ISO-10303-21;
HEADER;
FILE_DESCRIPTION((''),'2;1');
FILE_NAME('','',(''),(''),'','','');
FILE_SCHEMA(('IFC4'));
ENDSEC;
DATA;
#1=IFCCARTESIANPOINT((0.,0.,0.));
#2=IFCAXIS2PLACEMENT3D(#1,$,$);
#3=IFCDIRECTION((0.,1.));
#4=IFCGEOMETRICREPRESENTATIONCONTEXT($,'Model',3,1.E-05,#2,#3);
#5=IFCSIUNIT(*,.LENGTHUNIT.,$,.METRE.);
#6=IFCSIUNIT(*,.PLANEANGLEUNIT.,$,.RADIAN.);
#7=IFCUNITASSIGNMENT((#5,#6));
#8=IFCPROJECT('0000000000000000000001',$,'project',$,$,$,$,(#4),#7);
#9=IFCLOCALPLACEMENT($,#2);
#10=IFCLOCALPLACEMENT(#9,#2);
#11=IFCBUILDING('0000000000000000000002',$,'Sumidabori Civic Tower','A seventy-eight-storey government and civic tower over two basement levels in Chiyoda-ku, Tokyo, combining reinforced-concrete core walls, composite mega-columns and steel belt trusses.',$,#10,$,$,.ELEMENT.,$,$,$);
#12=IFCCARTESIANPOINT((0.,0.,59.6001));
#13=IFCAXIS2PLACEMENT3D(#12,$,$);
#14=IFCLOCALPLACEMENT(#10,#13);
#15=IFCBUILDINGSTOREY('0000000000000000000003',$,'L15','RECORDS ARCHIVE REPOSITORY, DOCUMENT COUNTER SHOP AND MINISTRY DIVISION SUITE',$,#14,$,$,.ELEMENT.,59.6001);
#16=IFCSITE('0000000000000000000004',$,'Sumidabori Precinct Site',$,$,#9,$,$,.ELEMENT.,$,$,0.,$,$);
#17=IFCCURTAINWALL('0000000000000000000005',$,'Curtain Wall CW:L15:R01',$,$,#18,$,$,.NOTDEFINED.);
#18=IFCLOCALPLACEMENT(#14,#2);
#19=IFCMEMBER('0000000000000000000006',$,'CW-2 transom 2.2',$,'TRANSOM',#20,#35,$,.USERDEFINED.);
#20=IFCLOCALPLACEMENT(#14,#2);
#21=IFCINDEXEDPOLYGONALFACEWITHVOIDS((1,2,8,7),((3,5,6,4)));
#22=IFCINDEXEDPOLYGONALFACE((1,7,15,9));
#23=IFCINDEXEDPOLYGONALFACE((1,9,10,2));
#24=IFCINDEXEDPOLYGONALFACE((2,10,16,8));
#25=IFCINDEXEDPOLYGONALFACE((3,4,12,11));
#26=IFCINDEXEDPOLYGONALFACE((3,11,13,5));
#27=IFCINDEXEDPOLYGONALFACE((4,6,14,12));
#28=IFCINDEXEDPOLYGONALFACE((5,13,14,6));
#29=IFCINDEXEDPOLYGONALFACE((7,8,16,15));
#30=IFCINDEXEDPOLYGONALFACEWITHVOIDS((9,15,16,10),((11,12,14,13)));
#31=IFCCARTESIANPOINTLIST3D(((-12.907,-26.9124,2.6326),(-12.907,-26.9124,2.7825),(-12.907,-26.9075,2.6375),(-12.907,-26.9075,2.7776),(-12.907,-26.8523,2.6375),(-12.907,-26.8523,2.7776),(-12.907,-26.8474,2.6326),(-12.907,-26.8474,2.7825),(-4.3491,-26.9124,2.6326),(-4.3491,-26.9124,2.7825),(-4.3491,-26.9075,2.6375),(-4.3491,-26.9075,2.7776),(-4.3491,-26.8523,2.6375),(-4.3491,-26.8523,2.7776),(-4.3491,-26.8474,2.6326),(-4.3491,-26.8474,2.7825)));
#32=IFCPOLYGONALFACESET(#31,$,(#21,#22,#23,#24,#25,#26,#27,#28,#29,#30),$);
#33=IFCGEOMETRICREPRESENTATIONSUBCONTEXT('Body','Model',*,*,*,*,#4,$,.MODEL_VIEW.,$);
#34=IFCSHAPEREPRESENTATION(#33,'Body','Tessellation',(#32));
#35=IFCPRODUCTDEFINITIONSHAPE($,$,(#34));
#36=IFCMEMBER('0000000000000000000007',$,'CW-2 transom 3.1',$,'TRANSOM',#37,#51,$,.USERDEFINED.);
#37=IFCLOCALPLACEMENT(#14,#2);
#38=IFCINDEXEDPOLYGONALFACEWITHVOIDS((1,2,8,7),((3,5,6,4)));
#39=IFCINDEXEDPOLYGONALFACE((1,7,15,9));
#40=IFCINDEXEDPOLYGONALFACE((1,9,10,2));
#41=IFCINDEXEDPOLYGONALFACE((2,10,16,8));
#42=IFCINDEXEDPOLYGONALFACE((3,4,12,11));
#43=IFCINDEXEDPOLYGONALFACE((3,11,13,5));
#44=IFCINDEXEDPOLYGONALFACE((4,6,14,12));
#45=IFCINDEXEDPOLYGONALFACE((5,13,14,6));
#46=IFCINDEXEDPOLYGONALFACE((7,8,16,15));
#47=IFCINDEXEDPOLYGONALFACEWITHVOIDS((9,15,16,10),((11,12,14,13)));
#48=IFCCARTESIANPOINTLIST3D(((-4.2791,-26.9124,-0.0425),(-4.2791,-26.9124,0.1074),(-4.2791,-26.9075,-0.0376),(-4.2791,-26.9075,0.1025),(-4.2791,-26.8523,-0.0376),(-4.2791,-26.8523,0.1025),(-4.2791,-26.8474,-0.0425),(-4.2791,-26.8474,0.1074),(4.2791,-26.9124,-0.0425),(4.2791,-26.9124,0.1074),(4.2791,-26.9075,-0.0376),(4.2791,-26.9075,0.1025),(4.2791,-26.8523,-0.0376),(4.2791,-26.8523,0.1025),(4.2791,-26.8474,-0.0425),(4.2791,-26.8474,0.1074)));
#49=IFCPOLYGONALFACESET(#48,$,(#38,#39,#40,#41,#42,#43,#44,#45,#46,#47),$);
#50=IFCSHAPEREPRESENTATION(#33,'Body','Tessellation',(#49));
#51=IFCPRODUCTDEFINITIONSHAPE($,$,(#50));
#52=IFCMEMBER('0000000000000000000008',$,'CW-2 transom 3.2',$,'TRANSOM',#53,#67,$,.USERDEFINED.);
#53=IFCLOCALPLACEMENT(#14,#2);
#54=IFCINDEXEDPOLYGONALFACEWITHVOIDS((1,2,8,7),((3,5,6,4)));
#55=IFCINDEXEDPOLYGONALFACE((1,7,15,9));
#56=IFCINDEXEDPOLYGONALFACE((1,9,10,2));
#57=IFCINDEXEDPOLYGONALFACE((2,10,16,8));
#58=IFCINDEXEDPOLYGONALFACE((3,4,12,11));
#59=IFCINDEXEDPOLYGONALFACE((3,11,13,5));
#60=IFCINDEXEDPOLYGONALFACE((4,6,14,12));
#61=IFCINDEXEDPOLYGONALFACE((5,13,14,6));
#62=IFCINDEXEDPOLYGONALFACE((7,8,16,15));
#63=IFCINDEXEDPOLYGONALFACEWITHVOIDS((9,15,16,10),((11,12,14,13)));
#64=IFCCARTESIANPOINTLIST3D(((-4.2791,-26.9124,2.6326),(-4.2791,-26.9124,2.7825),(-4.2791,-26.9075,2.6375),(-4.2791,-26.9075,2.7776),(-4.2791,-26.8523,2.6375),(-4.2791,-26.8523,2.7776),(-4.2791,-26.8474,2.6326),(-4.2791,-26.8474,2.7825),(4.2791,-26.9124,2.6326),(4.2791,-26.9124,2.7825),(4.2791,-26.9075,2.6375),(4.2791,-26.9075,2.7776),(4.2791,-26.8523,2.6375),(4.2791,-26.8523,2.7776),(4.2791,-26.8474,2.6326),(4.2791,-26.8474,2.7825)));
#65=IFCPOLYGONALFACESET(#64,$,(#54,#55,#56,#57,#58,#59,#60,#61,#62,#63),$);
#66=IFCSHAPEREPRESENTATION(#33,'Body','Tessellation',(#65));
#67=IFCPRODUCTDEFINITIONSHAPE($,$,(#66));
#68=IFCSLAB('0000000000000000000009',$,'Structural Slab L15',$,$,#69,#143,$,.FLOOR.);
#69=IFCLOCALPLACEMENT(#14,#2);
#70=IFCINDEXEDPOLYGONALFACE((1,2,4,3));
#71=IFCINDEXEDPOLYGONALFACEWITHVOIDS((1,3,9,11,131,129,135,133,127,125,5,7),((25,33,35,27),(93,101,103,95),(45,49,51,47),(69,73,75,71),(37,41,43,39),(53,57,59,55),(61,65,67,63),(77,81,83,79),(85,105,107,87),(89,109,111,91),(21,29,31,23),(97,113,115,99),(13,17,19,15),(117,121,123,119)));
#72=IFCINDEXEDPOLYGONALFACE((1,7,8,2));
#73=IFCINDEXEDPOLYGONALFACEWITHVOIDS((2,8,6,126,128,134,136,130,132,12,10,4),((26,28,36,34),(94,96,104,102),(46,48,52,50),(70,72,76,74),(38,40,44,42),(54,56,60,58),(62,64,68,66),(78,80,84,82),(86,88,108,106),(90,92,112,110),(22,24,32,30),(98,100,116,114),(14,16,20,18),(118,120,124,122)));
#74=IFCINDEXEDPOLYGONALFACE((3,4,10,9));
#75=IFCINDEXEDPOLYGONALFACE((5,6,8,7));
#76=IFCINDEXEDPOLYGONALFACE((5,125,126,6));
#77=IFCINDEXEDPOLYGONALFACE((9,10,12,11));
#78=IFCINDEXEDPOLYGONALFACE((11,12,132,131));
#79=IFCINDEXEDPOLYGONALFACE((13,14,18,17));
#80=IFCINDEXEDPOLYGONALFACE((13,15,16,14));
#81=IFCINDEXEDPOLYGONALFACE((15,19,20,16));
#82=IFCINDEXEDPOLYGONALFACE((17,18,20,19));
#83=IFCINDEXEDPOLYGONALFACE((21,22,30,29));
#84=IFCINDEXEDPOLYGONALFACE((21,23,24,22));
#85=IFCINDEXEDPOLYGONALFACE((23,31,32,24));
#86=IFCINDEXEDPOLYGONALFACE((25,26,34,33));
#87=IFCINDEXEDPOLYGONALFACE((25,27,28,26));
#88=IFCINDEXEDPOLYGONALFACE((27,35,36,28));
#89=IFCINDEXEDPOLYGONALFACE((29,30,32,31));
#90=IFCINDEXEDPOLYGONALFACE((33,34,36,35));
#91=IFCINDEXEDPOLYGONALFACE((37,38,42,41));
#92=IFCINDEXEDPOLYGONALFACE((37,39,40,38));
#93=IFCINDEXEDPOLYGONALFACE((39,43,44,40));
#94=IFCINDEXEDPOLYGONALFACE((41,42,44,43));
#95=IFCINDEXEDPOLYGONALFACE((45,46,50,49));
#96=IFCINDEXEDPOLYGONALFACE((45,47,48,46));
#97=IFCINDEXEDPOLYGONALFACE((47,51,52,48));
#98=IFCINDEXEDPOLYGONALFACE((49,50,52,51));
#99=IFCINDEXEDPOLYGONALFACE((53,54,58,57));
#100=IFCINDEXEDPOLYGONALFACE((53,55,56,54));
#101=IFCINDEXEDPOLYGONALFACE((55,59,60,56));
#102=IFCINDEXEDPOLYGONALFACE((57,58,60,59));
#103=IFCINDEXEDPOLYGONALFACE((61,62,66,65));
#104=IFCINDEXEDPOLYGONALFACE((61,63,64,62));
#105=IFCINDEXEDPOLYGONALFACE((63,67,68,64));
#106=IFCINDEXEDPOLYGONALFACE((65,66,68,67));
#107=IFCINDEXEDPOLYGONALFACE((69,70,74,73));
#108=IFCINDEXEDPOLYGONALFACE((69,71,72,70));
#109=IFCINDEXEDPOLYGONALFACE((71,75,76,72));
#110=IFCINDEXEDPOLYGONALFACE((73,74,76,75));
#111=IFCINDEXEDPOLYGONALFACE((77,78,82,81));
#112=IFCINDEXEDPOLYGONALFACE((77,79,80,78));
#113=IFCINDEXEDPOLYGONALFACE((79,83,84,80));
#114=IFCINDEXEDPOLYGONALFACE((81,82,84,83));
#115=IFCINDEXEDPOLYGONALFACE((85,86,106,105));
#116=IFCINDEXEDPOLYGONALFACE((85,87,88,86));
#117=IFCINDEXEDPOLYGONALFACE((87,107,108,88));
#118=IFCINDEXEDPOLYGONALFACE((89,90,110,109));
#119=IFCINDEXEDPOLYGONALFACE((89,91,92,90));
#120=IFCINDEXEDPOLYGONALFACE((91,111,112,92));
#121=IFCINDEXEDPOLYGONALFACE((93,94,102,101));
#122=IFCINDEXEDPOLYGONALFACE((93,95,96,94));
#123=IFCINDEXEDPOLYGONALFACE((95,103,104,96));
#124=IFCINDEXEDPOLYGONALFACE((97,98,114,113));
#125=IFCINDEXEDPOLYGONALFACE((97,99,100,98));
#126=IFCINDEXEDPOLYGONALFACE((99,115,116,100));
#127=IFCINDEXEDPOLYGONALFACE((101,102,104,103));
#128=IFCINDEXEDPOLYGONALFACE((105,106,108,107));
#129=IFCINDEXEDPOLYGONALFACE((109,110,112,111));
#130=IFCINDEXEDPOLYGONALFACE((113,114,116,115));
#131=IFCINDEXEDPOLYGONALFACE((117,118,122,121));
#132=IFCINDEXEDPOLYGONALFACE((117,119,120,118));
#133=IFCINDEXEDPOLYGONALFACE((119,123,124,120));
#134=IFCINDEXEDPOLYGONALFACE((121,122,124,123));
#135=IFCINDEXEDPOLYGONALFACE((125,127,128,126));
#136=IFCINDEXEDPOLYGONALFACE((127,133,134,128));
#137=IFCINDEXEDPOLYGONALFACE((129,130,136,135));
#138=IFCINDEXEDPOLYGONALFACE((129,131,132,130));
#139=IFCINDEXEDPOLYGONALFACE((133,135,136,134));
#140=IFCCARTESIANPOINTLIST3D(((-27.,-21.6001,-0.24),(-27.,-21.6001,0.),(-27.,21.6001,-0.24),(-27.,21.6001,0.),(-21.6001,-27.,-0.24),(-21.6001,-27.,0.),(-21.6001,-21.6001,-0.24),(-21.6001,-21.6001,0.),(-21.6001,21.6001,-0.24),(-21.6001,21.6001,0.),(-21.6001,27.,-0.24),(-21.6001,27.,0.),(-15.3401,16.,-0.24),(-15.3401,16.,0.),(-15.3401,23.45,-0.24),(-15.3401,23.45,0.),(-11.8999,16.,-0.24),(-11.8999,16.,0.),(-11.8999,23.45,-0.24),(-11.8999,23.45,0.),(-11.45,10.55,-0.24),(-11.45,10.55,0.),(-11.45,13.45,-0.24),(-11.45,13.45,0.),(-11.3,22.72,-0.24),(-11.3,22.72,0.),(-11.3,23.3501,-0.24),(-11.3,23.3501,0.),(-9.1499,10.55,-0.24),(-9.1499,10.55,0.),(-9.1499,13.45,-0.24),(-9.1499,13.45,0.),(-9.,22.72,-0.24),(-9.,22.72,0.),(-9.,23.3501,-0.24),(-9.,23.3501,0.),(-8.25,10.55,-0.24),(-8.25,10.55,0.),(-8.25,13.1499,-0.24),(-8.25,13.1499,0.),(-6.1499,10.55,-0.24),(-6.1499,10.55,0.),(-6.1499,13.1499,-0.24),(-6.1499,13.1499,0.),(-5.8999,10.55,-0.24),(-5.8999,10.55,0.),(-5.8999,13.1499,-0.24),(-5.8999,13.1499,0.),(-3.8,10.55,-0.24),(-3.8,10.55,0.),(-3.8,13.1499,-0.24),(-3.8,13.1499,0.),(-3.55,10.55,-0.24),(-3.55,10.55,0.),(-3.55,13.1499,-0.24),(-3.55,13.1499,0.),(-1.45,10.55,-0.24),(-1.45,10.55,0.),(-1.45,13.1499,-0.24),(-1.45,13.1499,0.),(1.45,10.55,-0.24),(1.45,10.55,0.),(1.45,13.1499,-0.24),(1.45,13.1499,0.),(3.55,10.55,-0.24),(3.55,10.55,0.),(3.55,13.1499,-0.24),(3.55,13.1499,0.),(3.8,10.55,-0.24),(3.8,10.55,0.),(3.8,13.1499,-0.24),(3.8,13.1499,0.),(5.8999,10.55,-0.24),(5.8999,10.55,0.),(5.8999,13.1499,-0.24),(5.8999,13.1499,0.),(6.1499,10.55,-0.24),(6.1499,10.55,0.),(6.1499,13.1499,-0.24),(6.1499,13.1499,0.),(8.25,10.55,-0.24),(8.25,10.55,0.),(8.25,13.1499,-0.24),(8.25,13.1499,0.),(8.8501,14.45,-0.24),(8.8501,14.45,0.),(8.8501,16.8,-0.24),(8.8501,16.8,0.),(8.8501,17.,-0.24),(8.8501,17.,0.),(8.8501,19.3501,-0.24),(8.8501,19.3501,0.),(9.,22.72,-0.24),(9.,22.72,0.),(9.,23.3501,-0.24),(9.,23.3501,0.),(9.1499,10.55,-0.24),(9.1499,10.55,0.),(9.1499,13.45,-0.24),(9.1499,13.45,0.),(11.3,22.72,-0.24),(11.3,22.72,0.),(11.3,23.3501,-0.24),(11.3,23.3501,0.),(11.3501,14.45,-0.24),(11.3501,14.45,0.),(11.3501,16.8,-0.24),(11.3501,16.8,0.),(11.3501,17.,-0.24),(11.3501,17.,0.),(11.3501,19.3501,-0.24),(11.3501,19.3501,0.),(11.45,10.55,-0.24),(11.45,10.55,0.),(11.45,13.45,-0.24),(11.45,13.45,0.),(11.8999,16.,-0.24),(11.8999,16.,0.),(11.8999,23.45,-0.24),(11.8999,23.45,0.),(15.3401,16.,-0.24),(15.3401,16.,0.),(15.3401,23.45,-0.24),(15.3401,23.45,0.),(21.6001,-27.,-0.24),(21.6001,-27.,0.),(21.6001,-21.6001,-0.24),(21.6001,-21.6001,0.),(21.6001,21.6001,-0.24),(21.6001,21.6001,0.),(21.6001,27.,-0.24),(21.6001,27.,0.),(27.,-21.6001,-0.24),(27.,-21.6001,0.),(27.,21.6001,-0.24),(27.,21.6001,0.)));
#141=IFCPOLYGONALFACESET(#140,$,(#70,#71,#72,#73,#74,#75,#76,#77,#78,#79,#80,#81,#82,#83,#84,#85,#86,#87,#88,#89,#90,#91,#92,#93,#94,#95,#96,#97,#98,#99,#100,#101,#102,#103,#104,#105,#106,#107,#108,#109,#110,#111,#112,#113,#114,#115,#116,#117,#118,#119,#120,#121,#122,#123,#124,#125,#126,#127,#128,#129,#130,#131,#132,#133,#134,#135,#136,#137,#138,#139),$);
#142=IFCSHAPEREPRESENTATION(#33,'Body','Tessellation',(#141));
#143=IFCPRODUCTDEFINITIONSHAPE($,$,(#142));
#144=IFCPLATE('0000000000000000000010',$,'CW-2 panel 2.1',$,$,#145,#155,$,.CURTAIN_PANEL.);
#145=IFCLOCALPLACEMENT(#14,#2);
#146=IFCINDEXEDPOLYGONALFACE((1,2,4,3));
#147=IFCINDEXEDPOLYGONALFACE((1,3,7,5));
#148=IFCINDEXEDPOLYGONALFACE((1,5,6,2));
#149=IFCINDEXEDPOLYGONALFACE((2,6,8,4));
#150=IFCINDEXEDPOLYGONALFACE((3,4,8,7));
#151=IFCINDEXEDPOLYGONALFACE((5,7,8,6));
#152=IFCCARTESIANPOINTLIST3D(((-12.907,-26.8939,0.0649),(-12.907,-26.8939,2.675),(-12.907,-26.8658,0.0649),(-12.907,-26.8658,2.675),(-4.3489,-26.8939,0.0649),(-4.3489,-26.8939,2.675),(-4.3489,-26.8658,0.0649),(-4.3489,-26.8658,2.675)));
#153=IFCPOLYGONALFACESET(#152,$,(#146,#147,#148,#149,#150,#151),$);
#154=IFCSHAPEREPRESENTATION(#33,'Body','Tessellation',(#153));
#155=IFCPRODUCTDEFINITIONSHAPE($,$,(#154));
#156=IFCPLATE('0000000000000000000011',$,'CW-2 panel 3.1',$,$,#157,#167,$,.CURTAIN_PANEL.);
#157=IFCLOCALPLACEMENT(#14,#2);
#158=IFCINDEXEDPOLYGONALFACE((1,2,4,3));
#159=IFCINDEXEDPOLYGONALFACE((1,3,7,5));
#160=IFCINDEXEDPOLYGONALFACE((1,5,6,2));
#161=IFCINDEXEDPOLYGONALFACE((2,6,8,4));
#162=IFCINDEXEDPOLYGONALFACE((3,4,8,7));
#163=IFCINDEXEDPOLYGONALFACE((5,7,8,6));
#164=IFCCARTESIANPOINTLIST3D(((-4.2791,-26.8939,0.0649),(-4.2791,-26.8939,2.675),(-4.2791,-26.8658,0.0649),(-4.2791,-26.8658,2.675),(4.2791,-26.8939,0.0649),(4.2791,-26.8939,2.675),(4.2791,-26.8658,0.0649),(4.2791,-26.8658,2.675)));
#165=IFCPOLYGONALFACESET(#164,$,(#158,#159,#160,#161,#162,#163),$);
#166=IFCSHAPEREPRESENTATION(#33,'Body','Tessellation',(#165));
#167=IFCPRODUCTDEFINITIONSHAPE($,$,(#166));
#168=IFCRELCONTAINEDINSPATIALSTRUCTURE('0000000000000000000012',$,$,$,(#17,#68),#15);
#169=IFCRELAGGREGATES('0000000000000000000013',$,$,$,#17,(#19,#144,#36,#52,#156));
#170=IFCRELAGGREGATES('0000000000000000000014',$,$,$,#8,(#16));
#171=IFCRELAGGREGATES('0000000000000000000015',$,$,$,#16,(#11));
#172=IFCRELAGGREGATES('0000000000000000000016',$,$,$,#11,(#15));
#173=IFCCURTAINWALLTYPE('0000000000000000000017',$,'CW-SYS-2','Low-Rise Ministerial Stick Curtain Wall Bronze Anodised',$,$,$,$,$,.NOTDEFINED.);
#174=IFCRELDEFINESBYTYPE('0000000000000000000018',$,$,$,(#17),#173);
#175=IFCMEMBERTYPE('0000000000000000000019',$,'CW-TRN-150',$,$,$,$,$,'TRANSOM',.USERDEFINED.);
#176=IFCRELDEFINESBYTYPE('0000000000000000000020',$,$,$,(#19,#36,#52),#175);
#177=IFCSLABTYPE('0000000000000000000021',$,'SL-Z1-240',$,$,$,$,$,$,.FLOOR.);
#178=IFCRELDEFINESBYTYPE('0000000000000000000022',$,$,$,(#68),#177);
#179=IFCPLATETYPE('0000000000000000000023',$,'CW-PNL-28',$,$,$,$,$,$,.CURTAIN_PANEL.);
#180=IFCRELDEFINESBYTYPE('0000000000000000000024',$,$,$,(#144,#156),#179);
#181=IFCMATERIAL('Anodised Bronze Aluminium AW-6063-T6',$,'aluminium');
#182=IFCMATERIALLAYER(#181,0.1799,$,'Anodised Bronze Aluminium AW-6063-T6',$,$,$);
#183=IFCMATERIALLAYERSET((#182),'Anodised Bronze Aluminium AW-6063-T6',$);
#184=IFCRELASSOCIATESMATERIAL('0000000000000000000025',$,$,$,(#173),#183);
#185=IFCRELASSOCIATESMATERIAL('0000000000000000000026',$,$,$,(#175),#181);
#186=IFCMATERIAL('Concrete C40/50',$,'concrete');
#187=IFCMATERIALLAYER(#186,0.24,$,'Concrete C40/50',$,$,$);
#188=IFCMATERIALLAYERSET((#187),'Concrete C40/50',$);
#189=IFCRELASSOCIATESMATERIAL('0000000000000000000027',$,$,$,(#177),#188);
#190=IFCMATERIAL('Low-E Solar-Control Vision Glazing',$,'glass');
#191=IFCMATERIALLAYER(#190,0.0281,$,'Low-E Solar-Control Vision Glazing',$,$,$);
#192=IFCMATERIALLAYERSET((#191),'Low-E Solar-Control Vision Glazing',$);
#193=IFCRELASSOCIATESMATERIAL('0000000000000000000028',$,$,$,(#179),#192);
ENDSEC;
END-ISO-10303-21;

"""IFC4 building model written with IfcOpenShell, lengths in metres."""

from ifc_helpers import new_model, si_unit, direction, frame, origin, origin_2d, place, context, subcontext, project, spatial, polyline, rectangle, hollow_rectangle, outline, extrude, source, transform, mapped, material, layer, layer_set, material_profile, profile_set, type_object, element, aggregate, save


model = new_model("IFC4")

# Units and contexts
model_context = context("Model", 3, precision=1e-05, world=origin(), true_north=direction((0.0, 1.0)))
body_context = subcontext(model_context, "Body", "Model", "MODEL_VIEW")
ifc_project = project(units=[si_unit("LENGTHUNIT", "METRE"), si_unit("PLANEANGLEUNIT", "RADIAN")], contexts=[model_context])

# Site, building, storey
site_placement = place(None, origin())
site = spatial("IfcSite", under=ifc_project, at=site_placement, Name="Sumidabori Precinct Site", CompositionType="ELEMENT", RefElevation=0.0)
building_placement = place(site_placement, origin())
building = spatial("IfcBuilding", under=site, at=building_placement, Name="Sumidabori Civic Tower", Description="A seventy-eight-storey government and civic tower over two basement levels in Chiyoda-ku, Tokyo, combining reinforced-concrete core walls, composite mega-columns and steel belt trusses.", CompositionType="ELEMENT")
storey_placement = place(building_placement, frame((0.0, 0.0, 59.6001)))
storey = spatial("IfcBuildingStorey", under=building, at=storey_placement, Name="L15", Description="RECORDS ARCHIVE REPOSITORY, DOCUMENT COUNTER SHOP AND MINISTRY DIVISION SUITE", CompositionType="ELEMENT", Elevation=59.6001)

# Curtain wall, members
ifc_material_1 = material(Name="Anodised Bronze Aluminium AW-6063-T6", Category="aluminium")
ifc_layer_1 = layer(ifc_material_1, 0.1799, Name="Anodised Bronze Aluminium AW-6063-T6")
ifc_layer_set_1 = layer_set([ifc_layer_1], Name="Anodised Bronze Aluminium AW-6063-T6")
curtain_wall_type = type_object("IfcCurtainWallType", Name="CW-SYS-2", Description="Low-Rise Ministerial Stick Curtain Wall Bronze Anodised", PredefinedType="NOTDEFINED", material=ifc_layer_set_1)
curtain_wall_placement = place(storey_placement, origin())
curtain_wall = element("IfcCurtainWall", 1, at=curtain_wall_placement, inside=storey, type_object=curtain_wall_type, Name="Curtain Wall CW:L15:R01", PredefinedType="NOTDEFINED")
ifc_material_profile_1 = material_profile(ifc_material_1, hollow_rectangle(XDim=0.0649, YDim=0.1499, WallThickness=0.0049, at=origin_2d()), Name="ALU TRANSOM 150x65")
ifc_profile_set_1 = profile_set([ifc_material_profile_1], Name="Anodised Bronze Aluminium AW-6063-T6")
member_type_1 = type_object("IfcMemberType", Name="CW-TRN-150", ElementType="TRANSOM", PredefinedType="USERDEFINED", material=ifc_profile_set_1)
shared_shape_1 = source(origin(), body_context, "Body", "SweptSolid", [
    extrude(hollow_rectangle(XDim=0.0649, YDim=0.1499, WallThickness=0.0049, at=origin_2d()), origin(), (0.0, 0.0, 1.0), 8.5579),
])
member_1_placement = place(storey_placement, frame((-12.907, -26.8799, 2.7075), z_axis=(1.0, 0.0, 0.0), x_axis=(0.0, 1.0, 0.0)))
member_1 = element("IfcMember", 2, at=member_1_placement, type_object=member_type_1, Name="CW-2 transom 2.2", ObjectType="TRANSOM", PredefinedType="USERDEFINED", context=body_context, shape_type="MappedRepresentation", body=[
    mapped(shared_shape_1, transform((0.0, 0.0, 0.0), x_axis=(1.0, 0.0, 0.0), y_axis=(0.0, 1.0, 0.0), z_axis=(0.0, 0.0, 1.0), scale=1.0)),
])
shared_shape_2 = source(origin(), body_context, "Body", "SweptSolid", [
    extrude(hollow_rectangle(XDim=0.0649, YDim=0.1499, WallThickness=0.0049, at=origin_2d()), origin(), (0.0, 0.0, 1.0), 8.5581),
])
member_2_placement = place(storey_placement, frame((-4.2791, -26.8799, 0.0325), z_axis=(1.0, 0.0, 0.0), x_axis=(0.0, 1.0, 0.0)))
member_2 = element("IfcMember", 3, at=member_2_placement, type_object=member_type_1, Name="CW-2 transom 3.1", ObjectType="TRANSOM", PredefinedType="USERDEFINED", context=body_context, shape_type="MappedRepresentation", body=[
    mapped(shared_shape_2, transform((0.0, 0.0, 0.0), x_axis=(1.0, 0.0, 0.0), y_axis=(0.0, 1.0, 0.0), z_axis=(0.0, 0.0, 1.0), scale=1.0)),
])
member_3_placement = place(storey_placement, frame((-4.2791, -26.8799, 2.7075), z_axis=(1.0, 0.0, 0.0), x_axis=(0.0, 1.0, 0.0)))
member_3 = element("IfcMember", 4, at=member_3_placement, type_object=member_type_1, Name="CW-2 transom 3.2", ObjectType="TRANSOM", PredefinedType="USERDEFINED", context=body_context, shape_type="MappedRepresentation", body=[
    mapped(shared_shape_2, transform((0.0, 0.0, 0.0), x_axis=(1.0, 0.0, 0.0), y_axis=(0.0, 1.0, 0.0), z_axis=(0.0, 0.0, 1.0), scale=1.0)),
])

# Slab
ifc_material_2 = material(Name="Concrete C40/50", Category="concrete")
ifc_layer_2 = layer(ifc_material_2, 0.24, Name="Concrete C40/50")
ifc_layer_set_2 = layer_set([ifc_layer_2], Name="Concrete C40/50")
slab_type = type_object("IfcSlabType", Name="SL-Z1-240", PredefinedType="FLOOR", material=ifc_layer_set_2)
slab_placement = place(storey_placement, frame((0.0, 0.0, -0.24)))
element("IfcSlab", 5, at=slab_placement, inside=storey, type_object=slab_type, Name="Structural Slab L15", PredefinedType="FLOOR", context=body_context, shape_type="SweptSolid", body=[
    extrude(outline(polyline([(-21.6001, -27.0), (21.6001, -27.0), (21.6001, -21.6001), (27.0, -21.6001), (27.0, 21.6001), (21.6001, 21.6001), (21.6001, 27.0), (-21.6001, 27.0), (-21.6001, 21.6001), (-27.0, 21.6001), (-27.0, -21.6001), (-21.6001, -21.6001), (-21.6001, -27.0)]), holes=[polyline([(-11.8999, 16.0), (-11.8999, 23.45), (-15.3401, 23.45), (-15.3401, 16.0), (-11.8999, 16.0)]), polyline([(15.3401, 16.0), (15.3401, 23.45), (11.8999, 23.45), (11.8999, 16.0), (15.3401, 16.0)]), polyline([(-11.45, 10.55), (-9.1499, 10.55), (-9.1499, 13.45), (-11.45, 13.45), (-11.45, 10.55)]), polyline([(9.1499, 10.55), (11.45, 10.55), (11.45, 13.45), (9.1499, 13.45), (9.1499, 10.55)]), polyline([(-8.25, 10.55), (-6.1499, 10.55), (-6.1499, 13.1499), (-8.25, 13.1499), (-8.25, 10.55)]), polyline([(-5.8999, 10.55), (-3.8, 10.55), (-3.8, 13.1499), (-5.8999, 13.1499), (-5.8999, 10.55)]), polyline([(-3.55, 10.55), (-1.45, 10.55), (-1.45, 13.1499), (-3.55, 13.1499), (-3.55, 10.55)]), polyline([(1.45, 10.55), (3.55, 10.55), (3.55, 13.1499), (1.45, 13.1499), (1.45, 10.55)]), polyline([(3.8, 10.55), (5.8999, 10.55), (5.8999, 13.1499), (3.8, 13.1499), (3.8, 10.55)]), polyline([(6.1499, 10.55), (8.25, 10.55), (8.25, 13.1499), (6.1499, 13.1499), (6.1499, 10.55)]), polyline([(8.8501, 14.45), (11.3501, 14.45), (11.3501, 16.8), (8.8501, 16.8), (8.8501, 14.45)]), polyline([(8.8501, 17.0), (11.3501, 17.0), (11.3501, 19.3501), (8.8501, 19.3501), (8.8501, 17.0)]), polyline([(-11.3, 22.72), (-9.0, 22.72), (-9.0, 23.3501), (-11.3, 23.3501), (-11.3, 22.72)]), polyline([(9.0, 22.72), (11.3, 22.72), (11.3, 23.3501), (9.0, 23.3501), (9.0, 22.72)])]), origin(), (0.0, 0.0, 1.0), 0.24),
])

# Plates
ifc_material_3 = material(Name="Low-E Solar-Control Vision Glazing", Category="glass")
ifc_layer_3 = layer(ifc_material_3, 0.0281, Name="Low-E Solar-Control Vision Glazing")
ifc_layer_set_3 = layer_set([ifc_layer_3], Name="Low-E Solar-Control Vision Glazing")
plate_type = type_object("IfcPlateType", Name="CW-PNL-28", PredefinedType="CURTAIN_PANEL", material=ifc_layer_set_3)
shared_shape_3 = source(origin(), body_context, "Body", "SweptSolid", [
    extrude(rectangle(XDim=8.5581, YDim=0.0281, at=origin_2d()), origin(), (0.0, 0.0, 1.0), 2.6101),
])
plate_1_placement = place(storey_placement, frame((-8.6279, -26.8799, 0.0649), z_axis=(0.0, 0.0, 1.0), x_axis=(1.0, 0.0, 0.0)))
plate_1 = element("IfcPlate", 6, at=plate_1_placement, type_object=plate_type, Name="CW-2 panel 2.1", PredefinedType="CURTAIN_PANEL", context=body_context, shape_type="MappedRepresentation", body=[
    mapped(shared_shape_3, transform((0.0, 0.0, 0.0), x_axis=(1.0, 0.0, 0.0), y_axis=(0.0, 1.0, 0.0), z_axis=(0.0, 0.0, 1.0), scale=1.0)),
])
plate_2_placement = place(storey_placement, frame((0.0, -26.8799, 0.0649), z_axis=(0.0, 0.0, 1.0), x_axis=(1.0, 0.0, 0.0)))
plate_2 = element("IfcPlate", 7, at=plate_2_placement, type_object=plate_type, Name="CW-2 panel 3.1", PredefinedType="CURTAIN_PANEL", context=body_context, shape_type="MappedRepresentation", body=[
    mapped(shared_shape_3, transform((0.0, 0.0, 0.0), x_axis=(1.0, 0.0, 0.0), y_axis=(0.0, 1.0, 0.0), z_axis=(0.0, 0.0, 1.0), scale=1.0)),
])
aggregate(curtain_wall, [member_1, plate_1, member_2, member_3, plate_2])

save(model, "model.ifc")
